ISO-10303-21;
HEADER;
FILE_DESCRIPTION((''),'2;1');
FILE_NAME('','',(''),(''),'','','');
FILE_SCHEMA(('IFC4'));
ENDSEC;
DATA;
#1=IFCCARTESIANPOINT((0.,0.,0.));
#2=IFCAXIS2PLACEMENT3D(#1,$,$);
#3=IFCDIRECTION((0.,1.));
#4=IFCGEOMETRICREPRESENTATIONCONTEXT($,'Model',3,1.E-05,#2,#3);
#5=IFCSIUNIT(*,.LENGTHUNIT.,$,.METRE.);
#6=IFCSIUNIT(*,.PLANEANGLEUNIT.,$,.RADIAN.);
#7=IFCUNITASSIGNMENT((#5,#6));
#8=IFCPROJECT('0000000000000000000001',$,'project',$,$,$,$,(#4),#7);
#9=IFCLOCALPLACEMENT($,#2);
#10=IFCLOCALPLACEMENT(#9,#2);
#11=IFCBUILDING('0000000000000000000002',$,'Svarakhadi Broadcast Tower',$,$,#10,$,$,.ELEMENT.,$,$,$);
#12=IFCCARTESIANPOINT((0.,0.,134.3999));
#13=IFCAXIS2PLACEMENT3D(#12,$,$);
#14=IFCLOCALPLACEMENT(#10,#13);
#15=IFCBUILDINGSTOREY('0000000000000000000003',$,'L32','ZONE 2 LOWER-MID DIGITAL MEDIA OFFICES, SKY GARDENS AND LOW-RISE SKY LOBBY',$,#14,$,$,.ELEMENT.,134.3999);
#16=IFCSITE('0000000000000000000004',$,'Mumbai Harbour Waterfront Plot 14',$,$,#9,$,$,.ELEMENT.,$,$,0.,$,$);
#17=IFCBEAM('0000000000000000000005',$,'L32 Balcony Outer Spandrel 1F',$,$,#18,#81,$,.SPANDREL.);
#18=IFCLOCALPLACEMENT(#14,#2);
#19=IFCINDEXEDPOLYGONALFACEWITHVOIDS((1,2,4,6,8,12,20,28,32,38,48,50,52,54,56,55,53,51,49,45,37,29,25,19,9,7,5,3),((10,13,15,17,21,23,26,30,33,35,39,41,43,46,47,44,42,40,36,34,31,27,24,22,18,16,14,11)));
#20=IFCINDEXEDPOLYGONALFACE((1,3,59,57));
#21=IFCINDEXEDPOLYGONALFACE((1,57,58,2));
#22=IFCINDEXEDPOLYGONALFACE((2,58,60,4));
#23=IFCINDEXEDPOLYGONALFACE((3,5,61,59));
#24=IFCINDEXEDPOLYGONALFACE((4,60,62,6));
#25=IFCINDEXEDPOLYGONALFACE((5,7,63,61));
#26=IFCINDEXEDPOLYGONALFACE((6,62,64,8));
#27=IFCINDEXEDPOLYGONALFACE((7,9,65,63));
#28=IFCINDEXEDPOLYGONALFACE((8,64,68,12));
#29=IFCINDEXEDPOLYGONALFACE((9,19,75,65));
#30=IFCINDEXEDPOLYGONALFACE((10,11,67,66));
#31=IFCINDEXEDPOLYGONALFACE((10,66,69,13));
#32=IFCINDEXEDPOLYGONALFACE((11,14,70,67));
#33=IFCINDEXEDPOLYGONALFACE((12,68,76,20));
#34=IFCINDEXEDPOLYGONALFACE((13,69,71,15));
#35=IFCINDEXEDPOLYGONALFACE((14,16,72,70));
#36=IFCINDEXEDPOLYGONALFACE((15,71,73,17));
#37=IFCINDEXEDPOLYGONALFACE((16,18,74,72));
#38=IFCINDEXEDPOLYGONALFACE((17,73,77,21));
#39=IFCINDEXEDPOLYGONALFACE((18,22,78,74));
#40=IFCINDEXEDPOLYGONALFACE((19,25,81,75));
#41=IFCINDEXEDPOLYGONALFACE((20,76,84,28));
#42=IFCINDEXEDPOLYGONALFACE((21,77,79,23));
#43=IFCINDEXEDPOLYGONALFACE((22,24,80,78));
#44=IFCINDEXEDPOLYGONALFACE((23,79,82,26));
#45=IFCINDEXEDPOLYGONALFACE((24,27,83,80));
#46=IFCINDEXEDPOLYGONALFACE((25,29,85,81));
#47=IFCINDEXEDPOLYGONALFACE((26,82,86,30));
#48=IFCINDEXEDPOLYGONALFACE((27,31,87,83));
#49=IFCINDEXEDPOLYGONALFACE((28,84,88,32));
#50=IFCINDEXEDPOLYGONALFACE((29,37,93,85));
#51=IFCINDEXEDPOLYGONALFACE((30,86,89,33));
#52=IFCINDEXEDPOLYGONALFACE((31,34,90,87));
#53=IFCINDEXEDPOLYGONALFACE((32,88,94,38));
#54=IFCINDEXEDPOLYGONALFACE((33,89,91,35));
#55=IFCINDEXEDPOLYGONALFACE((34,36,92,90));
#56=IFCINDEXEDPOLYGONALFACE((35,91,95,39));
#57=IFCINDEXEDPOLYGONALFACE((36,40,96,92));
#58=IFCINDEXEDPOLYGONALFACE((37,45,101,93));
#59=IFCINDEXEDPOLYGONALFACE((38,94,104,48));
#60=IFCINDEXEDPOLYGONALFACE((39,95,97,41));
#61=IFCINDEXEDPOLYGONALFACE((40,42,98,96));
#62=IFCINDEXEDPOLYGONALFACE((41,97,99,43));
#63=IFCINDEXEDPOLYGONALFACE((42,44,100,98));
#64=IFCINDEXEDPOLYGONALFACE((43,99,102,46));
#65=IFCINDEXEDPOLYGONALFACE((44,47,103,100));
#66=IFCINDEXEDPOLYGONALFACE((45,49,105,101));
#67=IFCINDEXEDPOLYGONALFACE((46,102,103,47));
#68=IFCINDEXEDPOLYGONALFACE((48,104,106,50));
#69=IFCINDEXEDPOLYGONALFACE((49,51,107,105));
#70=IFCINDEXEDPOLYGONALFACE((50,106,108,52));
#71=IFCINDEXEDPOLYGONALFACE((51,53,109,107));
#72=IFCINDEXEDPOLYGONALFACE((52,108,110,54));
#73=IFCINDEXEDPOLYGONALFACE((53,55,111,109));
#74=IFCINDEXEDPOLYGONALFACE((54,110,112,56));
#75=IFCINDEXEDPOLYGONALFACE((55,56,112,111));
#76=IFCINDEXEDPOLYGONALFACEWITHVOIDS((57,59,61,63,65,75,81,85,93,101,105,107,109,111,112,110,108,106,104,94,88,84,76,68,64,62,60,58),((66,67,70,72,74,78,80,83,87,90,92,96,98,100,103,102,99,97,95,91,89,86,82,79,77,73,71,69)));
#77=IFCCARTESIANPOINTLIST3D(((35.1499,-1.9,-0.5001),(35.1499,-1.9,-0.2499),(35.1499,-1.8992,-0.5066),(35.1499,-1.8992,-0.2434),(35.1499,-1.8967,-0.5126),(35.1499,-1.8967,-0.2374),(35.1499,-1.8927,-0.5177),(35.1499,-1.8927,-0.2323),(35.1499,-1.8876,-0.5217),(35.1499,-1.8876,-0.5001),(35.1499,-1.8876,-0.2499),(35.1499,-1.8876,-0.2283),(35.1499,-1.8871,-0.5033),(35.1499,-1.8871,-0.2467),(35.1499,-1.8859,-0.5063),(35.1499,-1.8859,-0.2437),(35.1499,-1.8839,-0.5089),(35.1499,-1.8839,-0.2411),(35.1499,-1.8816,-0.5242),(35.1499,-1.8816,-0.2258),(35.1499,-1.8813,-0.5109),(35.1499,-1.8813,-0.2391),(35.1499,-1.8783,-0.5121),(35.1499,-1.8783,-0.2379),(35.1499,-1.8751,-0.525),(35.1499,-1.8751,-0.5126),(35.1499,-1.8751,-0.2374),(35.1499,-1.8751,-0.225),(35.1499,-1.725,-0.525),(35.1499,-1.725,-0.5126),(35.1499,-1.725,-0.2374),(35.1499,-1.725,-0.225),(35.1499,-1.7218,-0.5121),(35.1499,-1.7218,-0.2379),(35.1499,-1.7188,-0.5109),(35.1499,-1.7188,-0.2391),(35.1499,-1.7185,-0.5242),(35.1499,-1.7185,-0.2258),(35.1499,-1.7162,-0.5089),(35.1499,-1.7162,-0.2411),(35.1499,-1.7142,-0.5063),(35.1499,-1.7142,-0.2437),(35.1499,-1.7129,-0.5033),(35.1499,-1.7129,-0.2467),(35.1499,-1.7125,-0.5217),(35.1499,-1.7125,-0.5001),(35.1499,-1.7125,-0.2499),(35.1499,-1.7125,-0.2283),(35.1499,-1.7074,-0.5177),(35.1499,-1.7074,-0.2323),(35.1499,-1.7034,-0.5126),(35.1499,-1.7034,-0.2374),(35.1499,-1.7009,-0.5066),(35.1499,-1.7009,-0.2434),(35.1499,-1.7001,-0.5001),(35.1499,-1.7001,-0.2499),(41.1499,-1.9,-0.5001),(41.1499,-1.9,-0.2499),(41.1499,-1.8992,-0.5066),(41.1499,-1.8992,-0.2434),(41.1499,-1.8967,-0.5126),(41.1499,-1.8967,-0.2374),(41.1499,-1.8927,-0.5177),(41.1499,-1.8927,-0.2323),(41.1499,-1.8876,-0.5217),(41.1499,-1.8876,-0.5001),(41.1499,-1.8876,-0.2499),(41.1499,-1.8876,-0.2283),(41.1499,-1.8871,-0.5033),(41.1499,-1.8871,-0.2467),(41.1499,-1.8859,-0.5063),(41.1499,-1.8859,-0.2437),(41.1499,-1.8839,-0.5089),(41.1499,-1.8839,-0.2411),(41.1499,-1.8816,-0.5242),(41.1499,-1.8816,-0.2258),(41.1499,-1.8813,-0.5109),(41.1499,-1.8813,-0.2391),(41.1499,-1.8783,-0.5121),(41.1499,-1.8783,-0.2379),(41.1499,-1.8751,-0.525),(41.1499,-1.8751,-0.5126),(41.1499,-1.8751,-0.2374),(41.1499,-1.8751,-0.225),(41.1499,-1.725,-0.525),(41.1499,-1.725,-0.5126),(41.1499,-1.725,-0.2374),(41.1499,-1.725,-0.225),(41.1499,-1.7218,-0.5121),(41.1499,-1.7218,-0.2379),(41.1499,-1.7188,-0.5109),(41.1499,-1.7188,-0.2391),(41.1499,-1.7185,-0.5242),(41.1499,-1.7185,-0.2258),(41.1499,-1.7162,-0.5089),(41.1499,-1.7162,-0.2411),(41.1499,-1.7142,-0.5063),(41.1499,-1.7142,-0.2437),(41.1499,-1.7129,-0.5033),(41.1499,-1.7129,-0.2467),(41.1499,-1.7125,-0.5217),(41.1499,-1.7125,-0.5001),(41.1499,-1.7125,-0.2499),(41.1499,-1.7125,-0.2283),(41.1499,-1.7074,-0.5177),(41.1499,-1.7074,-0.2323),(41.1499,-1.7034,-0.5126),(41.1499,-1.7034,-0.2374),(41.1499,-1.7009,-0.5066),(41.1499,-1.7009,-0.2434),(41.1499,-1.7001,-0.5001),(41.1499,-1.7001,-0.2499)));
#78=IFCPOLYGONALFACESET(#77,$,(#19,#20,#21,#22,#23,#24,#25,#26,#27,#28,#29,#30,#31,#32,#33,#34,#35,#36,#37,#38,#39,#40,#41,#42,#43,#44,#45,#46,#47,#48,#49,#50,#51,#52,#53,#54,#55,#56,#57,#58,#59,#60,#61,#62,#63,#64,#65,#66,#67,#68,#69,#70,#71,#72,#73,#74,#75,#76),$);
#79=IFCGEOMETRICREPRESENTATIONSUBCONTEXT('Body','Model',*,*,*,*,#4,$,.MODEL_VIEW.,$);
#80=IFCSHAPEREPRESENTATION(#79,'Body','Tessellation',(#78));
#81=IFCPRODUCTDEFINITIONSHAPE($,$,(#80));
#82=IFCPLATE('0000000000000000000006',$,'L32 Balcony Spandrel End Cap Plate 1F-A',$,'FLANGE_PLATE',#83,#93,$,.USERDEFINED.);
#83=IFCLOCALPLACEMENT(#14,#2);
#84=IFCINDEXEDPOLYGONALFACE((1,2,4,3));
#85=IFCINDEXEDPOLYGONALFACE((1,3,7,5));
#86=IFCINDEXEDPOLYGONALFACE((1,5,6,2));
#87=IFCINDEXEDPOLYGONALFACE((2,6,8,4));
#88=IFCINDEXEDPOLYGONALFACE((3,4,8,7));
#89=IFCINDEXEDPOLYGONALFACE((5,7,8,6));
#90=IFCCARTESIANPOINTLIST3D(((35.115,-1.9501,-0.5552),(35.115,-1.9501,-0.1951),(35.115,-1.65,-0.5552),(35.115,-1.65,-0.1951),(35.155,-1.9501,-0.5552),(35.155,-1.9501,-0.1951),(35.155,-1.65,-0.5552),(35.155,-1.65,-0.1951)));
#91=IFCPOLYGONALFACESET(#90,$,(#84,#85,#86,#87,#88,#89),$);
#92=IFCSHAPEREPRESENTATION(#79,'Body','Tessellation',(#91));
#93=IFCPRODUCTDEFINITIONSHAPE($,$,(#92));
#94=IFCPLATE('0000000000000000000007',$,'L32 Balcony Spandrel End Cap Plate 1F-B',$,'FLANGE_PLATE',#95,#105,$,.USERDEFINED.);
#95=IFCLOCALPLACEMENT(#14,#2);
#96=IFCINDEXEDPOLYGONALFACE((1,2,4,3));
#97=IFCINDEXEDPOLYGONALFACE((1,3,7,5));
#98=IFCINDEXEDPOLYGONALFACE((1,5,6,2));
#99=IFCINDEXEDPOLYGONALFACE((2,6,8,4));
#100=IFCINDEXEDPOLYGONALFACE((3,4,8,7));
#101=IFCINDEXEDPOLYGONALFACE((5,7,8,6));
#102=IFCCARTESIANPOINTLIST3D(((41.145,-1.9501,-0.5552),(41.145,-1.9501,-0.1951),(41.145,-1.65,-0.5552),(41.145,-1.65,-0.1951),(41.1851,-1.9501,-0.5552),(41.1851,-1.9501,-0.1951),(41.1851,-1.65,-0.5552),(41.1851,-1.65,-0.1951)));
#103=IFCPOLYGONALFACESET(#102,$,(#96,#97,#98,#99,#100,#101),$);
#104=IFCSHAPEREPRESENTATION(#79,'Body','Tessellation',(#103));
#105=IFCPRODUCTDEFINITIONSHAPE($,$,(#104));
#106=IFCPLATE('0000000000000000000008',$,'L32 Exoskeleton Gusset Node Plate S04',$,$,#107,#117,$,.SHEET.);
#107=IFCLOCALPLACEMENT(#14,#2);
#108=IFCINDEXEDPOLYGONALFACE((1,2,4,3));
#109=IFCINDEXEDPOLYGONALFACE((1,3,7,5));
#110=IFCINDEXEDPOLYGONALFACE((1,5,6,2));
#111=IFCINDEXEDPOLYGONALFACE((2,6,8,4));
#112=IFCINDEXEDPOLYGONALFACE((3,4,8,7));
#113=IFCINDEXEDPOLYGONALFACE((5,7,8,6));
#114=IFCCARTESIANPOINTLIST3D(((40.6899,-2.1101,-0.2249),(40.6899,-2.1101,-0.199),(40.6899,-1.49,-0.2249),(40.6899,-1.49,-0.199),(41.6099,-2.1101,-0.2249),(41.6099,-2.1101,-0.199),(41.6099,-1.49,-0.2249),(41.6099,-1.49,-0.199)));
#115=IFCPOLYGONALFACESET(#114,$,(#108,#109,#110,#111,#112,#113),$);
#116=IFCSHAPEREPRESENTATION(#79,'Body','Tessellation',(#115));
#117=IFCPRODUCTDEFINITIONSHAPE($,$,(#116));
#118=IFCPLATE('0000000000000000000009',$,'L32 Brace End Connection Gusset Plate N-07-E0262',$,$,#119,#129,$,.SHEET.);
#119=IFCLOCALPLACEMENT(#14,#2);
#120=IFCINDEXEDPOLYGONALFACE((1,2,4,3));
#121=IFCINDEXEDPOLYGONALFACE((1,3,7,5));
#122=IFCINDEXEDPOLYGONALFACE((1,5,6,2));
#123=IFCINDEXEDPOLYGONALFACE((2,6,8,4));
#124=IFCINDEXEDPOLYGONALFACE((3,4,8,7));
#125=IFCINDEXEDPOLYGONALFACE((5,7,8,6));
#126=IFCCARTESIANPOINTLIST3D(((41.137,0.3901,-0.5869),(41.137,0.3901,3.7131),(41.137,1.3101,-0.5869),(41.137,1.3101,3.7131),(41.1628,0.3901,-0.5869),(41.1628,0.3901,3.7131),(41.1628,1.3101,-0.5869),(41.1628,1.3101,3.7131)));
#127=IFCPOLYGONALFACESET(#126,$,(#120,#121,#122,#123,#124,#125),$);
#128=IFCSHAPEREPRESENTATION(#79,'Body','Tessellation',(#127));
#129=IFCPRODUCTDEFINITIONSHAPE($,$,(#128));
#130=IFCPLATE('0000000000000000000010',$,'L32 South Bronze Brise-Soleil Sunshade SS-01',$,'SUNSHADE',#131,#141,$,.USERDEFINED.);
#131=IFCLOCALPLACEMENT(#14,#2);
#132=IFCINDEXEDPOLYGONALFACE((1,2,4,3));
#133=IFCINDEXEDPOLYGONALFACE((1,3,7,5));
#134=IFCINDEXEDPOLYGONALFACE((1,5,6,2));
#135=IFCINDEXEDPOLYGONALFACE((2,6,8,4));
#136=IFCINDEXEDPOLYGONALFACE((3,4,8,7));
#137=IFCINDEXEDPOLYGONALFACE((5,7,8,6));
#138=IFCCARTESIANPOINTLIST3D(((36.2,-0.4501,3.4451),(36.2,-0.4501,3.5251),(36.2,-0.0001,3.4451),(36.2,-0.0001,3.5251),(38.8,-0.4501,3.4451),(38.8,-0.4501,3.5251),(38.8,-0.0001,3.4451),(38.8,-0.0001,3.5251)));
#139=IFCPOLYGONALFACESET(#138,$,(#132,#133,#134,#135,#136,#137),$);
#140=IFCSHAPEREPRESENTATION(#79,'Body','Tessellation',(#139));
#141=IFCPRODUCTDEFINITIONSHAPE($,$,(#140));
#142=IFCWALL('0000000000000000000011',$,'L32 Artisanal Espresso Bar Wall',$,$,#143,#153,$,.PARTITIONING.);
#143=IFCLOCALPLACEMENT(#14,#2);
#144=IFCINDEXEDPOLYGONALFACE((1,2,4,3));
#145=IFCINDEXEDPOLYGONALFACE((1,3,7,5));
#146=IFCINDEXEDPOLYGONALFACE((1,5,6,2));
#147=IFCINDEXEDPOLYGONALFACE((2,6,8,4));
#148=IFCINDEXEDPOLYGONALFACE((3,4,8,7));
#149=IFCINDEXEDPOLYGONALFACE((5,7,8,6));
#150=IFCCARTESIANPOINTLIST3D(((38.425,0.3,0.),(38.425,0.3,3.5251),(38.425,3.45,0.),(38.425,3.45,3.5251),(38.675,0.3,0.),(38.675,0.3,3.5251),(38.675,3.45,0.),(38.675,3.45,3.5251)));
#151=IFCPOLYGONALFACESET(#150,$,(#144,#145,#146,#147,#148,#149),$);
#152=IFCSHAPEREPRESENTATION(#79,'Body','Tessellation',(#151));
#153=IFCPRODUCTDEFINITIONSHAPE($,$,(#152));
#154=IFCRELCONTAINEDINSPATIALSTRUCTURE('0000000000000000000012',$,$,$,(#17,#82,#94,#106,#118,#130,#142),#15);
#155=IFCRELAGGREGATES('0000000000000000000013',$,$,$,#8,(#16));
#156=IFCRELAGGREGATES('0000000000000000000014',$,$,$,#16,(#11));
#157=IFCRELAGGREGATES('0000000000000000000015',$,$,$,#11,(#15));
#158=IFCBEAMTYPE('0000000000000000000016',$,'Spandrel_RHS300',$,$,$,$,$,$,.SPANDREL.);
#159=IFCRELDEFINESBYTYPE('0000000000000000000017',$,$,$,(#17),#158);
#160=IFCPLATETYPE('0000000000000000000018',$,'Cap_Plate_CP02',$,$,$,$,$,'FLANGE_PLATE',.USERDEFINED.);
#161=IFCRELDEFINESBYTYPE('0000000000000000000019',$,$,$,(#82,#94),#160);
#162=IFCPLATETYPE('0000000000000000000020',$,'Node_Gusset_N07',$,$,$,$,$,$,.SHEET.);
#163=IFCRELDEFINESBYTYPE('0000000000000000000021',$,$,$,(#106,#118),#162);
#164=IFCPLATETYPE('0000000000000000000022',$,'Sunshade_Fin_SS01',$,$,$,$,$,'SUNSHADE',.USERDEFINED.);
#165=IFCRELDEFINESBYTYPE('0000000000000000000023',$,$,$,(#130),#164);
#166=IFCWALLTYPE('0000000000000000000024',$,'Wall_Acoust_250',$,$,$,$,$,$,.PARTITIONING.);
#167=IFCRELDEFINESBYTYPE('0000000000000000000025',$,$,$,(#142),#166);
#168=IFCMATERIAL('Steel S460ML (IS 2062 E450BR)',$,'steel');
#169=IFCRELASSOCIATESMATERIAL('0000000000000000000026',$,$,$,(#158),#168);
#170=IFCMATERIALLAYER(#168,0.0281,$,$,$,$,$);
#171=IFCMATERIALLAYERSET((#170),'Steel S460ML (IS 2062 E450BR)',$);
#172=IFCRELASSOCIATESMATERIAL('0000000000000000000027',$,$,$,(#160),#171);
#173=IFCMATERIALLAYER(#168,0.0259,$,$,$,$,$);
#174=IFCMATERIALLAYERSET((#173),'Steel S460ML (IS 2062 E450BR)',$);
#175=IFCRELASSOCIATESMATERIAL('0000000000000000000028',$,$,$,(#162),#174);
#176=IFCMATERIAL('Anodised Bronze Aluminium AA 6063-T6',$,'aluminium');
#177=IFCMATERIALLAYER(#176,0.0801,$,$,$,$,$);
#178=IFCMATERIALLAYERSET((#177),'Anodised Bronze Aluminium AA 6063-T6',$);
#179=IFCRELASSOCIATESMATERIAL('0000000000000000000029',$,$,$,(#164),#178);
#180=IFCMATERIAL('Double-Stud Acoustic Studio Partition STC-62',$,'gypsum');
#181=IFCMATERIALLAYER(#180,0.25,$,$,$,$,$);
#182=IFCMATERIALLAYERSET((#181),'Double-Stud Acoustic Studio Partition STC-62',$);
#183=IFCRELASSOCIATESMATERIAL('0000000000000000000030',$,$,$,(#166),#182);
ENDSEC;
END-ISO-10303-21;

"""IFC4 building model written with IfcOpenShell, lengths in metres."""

from ifc_helpers import new_model, si_unit, direction, frame, frame_2d, origin, origin_2d, place, context, subcontext, project, spatial, rectangle, hollow_rectangle, extrude, material, layer, layer_set, material_profile, profile_set, type_object, element, save


model = new_model("IFC4")

# Units and contexts
model_context = context("Model", 3, precision=1e-05, world=origin(), true_north=direction((0.0, 1.0)))
body_context = subcontext(model_context, "Body", "Model", "MODEL_VIEW")
ifc_project = project(units=[si_unit("LENGTHUNIT", "METRE"), si_unit("PLANEANGLEUNIT", "RADIAN")], contexts=[model_context])

# Site, building, storey
site_placement = place(None, origin())
site = spatial("IfcSite", under=ifc_project, at=site_placement, Name="Mumbai Harbour Waterfront Plot 14", CompositionType="ELEMENT", RefElevation=0.0)
building_placement = place(site_placement, origin())
building = spatial("IfcBuilding", under=site, at=building_placement, Name="Svarakhadi Broadcast Tower", CompositionType="ELEMENT")
storey_placement = place(building_placement, frame((0.0, 0.0, 134.3999)))
storey = spatial("IfcBuildingStorey", under=building, at=storey_placement, Name="L32", Description="ZONE 2 LOWER-MID DIGITAL MEDIA OFFICES, SKY GARDENS AND LOW-RISE SKY LOBBY", CompositionType="ELEMENT", Elevation=134.3999)

# Shared definitions
ifc_material_1 = material(Name="Steel S460ML (IS 2062 E450BR)", Category="steel")

# Beam
ifc_material_profile_1 = material_profile(ifc_material_1, hollow_rectangle(XDim=0.2, YDim=0.3, WallThickness=0.0125, InnerFilletRadius=0.0125, OuterFilletRadius=0.0249, at=origin_2d()), Name="RHS 300x200x12.5")
ifc_profile_set_1 = profile_set([ifc_material_profile_1], Name="Steel S460ML (IS 2062 E450BR)")
beam_type_1 = type_object("IfcBeamType", Name="Spandrel_RHS300", PredefinedType="SPANDREL", material=ifc_profile_set_1)
beam_1_placement = place(storey_placement, frame((35.1499, -1.8, -0.375), z_axis=(1.0, 0.0, 0.0), x_axis=(0.0, 1.0, 0.0)))
element("IfcBeam", 1, at=beam_1_placement, inside=storey, type_object=beam_type_1, Name="L32 Balcony Outer Spandrel 1F", PredefinedType="SPANDREL", context=body_context, shape_type="SweptSolid", body=[
    extrude(hollow_rectangle(XDim=0.2, YDim=0.3, WallThickness=0.0125, InnerFilletRadius=0.0125, OuterFilletRadius=0.0249, at=origin_2d()), origin(), (0.0, 0.0, 1.0), 6.0),
])

# Plates
ifc_layer_1 = layer(ifc_material_1, 0.0281)
ifc_layer_set_1 = layer_set([ifc_layer_1], Name="Steel S460ML (IS 2062 E450BR)")
plate_type_1 = type_object("IfcPlateType", Name="Cap_Plate_CP02", ElementType="FLANGE_PLATE", PredefinedType="USERDEFINED", material=ifc_layer_set_1)
for number, where, z_axis, x_axis, name in (
    (2, (35.135, -1.8, -0.5552), (0.0, 0.0, 1.0), (1.0, 0.0, 0.0), "L32 Balcony Spandrel End Cap Plate 1F-A"),
    (3, (41.165, -1.8, -0.5552), (0.0, 0.0, 1.0), (1.0, 0.0, 0.0), "L32 Balcony Spandrel End Cap Plate 1F-B"),
):
    element("IfcPlate", number, at=place(storey_placement, frame(where, z_axis=z_axis, x_axis=x_axis)), inside=storey, type_object=plate_type_1, Name=name, ObjectType="FLANGE_PLATE", PredefinedType="USERDEFINED", context=body_context, shape_type="SweptSolid", body=[
        extrude(rectangle(XDim=0.04, YDim=0.3, at=origin_2d()), origin(), (0.0, 0.0, 1.0), 0.3601),
    ])
ifc_layer_2 = layer(ifc_material_1, 0.0259)
ifc_layer_set_2 = layer_set([ifc_layer_2], Name="Steel S460ML (IS 2062 E450BR)")
plate_type_2 = type_object("IfcPlateType", Name="Node_Gusset_N07", PredefinedType="SHEET", material=ifc_layer_set_2)
plate_1_placement = place(storey_placement, frame((41.1499, -1.8, -0.2249), z_axis=(0.0, 0.0, 1.0), x_axis=(1.0, 0.0, 0.0)))
element("IfcPlate", 4, at=plate_1_placement, inside=storey, type_object=plate_type_2, Name="L32 Exoskeleton Gusset Node Plate S04", PredefinedType="SHEET", context=body_context, shape_type="SweptSolid", body=[
    extrude(rectangle(XDim=0.9199, YDim=0.6201, at=origin_2d()), origin(), (0.0, 0.0, 1.0), 0.0259),
])
plate_2_placement = place(storey_placement, frame((41.1499, 0.8501, -0.5869), z_axis=(0.0, 0.0, 1.0), x_axis=(0.0, 1.0, 0.0)))
element("IfcPlate", 5, at=plate_2_placement, inside=storey, type_object=plate_type_2, Name="L32 Brace End Connection Gusset Plate N-07-E0262", PredefinedType="SHEET", context=body_context, shape_type="SweptSolid", body=[
    extrude(rectangle(XDim=0.9199, YDim=0.0259, at=origin_2d()), origin(), (0.0, 0.0, 1.0), 4.3),
])
ifc_material_2 = material(Name="Anodised Bronze Aluminium AA 6063-T6", Category="aluminium")
ifc_layer_3 = layer(ifc_material_2, 0.0801)
ifc_layer_set_3 = layer_set([ifc_layer_3], Name="Anodised Bronze Aluminium AA 6063-T6")
plate_type_3 = type_object("IfcPlateType", Name="Sunshade_Fin_SS01", ElementType="SUNSHADE", PredefinedType="USERDEFINED", material=ifc_layer_set_3)
plate_3_placement = place(storey_placement, frame((37.5, -0.2251, 3.4451), z_axis=(0.0, 0.0, 1.0), x_axis=(1.0, 0.0, 0.0)))
element("IfcPlate", 6, at=plate_3_placement, inside=storey, type_object=plate_type_3, Name="L32 South Bronze Brise-Soleil Sunshade SS-01", ObjectType="SUNSHADE", PredefinedType="USERDEFINED", context=body_context, shape_type="SweptSolid", body=[
    extrude(rectangle(XDim=2.6001, YDim=0.45, at=origin_2d()), origin(), (0.0, 0.0, 1.0), 0.0801),
])

# Wall
ifc_material_3 = material(Name="Double-Stud Acoustic Studio Partition STC-62", Category="gypsum")
ifc_layer_4 = layer(ifc_material_3, 0.25)
ifc_layer_set_4 = layer_set([ifc_layer_4], Name="Double-Stud Acoustic Studio Partition STC-62")
wall_type = type_object("IfcWallType", Name="Wall_Acoust_250", PredefinedType="PARTITIONING", material=ifc_layer_set_4)
wall_placement = place(storey_placement, frame((38.55, 0.3, 0.0), z_axis=(0.0, 0.0, 1.0), x_axis=(0.0, 1.0, 0.0)))
element("IfcWall", 7, at=wall_placement, inside=storey, type_object=wall_type, Name="L32 Artisanal Espresso Bar Wall", PredefinedType="PARTITIONING", context=body_context, shape_type="SweptSolid", body=[
    extrude(rectangle(XDim=3.1499, YDim=0.25, at=frame_2d((1.575, 0.0))), origin(), (0.0, 0.0, 1.0), 3.5251),
])

save(model, "model.ifc")
